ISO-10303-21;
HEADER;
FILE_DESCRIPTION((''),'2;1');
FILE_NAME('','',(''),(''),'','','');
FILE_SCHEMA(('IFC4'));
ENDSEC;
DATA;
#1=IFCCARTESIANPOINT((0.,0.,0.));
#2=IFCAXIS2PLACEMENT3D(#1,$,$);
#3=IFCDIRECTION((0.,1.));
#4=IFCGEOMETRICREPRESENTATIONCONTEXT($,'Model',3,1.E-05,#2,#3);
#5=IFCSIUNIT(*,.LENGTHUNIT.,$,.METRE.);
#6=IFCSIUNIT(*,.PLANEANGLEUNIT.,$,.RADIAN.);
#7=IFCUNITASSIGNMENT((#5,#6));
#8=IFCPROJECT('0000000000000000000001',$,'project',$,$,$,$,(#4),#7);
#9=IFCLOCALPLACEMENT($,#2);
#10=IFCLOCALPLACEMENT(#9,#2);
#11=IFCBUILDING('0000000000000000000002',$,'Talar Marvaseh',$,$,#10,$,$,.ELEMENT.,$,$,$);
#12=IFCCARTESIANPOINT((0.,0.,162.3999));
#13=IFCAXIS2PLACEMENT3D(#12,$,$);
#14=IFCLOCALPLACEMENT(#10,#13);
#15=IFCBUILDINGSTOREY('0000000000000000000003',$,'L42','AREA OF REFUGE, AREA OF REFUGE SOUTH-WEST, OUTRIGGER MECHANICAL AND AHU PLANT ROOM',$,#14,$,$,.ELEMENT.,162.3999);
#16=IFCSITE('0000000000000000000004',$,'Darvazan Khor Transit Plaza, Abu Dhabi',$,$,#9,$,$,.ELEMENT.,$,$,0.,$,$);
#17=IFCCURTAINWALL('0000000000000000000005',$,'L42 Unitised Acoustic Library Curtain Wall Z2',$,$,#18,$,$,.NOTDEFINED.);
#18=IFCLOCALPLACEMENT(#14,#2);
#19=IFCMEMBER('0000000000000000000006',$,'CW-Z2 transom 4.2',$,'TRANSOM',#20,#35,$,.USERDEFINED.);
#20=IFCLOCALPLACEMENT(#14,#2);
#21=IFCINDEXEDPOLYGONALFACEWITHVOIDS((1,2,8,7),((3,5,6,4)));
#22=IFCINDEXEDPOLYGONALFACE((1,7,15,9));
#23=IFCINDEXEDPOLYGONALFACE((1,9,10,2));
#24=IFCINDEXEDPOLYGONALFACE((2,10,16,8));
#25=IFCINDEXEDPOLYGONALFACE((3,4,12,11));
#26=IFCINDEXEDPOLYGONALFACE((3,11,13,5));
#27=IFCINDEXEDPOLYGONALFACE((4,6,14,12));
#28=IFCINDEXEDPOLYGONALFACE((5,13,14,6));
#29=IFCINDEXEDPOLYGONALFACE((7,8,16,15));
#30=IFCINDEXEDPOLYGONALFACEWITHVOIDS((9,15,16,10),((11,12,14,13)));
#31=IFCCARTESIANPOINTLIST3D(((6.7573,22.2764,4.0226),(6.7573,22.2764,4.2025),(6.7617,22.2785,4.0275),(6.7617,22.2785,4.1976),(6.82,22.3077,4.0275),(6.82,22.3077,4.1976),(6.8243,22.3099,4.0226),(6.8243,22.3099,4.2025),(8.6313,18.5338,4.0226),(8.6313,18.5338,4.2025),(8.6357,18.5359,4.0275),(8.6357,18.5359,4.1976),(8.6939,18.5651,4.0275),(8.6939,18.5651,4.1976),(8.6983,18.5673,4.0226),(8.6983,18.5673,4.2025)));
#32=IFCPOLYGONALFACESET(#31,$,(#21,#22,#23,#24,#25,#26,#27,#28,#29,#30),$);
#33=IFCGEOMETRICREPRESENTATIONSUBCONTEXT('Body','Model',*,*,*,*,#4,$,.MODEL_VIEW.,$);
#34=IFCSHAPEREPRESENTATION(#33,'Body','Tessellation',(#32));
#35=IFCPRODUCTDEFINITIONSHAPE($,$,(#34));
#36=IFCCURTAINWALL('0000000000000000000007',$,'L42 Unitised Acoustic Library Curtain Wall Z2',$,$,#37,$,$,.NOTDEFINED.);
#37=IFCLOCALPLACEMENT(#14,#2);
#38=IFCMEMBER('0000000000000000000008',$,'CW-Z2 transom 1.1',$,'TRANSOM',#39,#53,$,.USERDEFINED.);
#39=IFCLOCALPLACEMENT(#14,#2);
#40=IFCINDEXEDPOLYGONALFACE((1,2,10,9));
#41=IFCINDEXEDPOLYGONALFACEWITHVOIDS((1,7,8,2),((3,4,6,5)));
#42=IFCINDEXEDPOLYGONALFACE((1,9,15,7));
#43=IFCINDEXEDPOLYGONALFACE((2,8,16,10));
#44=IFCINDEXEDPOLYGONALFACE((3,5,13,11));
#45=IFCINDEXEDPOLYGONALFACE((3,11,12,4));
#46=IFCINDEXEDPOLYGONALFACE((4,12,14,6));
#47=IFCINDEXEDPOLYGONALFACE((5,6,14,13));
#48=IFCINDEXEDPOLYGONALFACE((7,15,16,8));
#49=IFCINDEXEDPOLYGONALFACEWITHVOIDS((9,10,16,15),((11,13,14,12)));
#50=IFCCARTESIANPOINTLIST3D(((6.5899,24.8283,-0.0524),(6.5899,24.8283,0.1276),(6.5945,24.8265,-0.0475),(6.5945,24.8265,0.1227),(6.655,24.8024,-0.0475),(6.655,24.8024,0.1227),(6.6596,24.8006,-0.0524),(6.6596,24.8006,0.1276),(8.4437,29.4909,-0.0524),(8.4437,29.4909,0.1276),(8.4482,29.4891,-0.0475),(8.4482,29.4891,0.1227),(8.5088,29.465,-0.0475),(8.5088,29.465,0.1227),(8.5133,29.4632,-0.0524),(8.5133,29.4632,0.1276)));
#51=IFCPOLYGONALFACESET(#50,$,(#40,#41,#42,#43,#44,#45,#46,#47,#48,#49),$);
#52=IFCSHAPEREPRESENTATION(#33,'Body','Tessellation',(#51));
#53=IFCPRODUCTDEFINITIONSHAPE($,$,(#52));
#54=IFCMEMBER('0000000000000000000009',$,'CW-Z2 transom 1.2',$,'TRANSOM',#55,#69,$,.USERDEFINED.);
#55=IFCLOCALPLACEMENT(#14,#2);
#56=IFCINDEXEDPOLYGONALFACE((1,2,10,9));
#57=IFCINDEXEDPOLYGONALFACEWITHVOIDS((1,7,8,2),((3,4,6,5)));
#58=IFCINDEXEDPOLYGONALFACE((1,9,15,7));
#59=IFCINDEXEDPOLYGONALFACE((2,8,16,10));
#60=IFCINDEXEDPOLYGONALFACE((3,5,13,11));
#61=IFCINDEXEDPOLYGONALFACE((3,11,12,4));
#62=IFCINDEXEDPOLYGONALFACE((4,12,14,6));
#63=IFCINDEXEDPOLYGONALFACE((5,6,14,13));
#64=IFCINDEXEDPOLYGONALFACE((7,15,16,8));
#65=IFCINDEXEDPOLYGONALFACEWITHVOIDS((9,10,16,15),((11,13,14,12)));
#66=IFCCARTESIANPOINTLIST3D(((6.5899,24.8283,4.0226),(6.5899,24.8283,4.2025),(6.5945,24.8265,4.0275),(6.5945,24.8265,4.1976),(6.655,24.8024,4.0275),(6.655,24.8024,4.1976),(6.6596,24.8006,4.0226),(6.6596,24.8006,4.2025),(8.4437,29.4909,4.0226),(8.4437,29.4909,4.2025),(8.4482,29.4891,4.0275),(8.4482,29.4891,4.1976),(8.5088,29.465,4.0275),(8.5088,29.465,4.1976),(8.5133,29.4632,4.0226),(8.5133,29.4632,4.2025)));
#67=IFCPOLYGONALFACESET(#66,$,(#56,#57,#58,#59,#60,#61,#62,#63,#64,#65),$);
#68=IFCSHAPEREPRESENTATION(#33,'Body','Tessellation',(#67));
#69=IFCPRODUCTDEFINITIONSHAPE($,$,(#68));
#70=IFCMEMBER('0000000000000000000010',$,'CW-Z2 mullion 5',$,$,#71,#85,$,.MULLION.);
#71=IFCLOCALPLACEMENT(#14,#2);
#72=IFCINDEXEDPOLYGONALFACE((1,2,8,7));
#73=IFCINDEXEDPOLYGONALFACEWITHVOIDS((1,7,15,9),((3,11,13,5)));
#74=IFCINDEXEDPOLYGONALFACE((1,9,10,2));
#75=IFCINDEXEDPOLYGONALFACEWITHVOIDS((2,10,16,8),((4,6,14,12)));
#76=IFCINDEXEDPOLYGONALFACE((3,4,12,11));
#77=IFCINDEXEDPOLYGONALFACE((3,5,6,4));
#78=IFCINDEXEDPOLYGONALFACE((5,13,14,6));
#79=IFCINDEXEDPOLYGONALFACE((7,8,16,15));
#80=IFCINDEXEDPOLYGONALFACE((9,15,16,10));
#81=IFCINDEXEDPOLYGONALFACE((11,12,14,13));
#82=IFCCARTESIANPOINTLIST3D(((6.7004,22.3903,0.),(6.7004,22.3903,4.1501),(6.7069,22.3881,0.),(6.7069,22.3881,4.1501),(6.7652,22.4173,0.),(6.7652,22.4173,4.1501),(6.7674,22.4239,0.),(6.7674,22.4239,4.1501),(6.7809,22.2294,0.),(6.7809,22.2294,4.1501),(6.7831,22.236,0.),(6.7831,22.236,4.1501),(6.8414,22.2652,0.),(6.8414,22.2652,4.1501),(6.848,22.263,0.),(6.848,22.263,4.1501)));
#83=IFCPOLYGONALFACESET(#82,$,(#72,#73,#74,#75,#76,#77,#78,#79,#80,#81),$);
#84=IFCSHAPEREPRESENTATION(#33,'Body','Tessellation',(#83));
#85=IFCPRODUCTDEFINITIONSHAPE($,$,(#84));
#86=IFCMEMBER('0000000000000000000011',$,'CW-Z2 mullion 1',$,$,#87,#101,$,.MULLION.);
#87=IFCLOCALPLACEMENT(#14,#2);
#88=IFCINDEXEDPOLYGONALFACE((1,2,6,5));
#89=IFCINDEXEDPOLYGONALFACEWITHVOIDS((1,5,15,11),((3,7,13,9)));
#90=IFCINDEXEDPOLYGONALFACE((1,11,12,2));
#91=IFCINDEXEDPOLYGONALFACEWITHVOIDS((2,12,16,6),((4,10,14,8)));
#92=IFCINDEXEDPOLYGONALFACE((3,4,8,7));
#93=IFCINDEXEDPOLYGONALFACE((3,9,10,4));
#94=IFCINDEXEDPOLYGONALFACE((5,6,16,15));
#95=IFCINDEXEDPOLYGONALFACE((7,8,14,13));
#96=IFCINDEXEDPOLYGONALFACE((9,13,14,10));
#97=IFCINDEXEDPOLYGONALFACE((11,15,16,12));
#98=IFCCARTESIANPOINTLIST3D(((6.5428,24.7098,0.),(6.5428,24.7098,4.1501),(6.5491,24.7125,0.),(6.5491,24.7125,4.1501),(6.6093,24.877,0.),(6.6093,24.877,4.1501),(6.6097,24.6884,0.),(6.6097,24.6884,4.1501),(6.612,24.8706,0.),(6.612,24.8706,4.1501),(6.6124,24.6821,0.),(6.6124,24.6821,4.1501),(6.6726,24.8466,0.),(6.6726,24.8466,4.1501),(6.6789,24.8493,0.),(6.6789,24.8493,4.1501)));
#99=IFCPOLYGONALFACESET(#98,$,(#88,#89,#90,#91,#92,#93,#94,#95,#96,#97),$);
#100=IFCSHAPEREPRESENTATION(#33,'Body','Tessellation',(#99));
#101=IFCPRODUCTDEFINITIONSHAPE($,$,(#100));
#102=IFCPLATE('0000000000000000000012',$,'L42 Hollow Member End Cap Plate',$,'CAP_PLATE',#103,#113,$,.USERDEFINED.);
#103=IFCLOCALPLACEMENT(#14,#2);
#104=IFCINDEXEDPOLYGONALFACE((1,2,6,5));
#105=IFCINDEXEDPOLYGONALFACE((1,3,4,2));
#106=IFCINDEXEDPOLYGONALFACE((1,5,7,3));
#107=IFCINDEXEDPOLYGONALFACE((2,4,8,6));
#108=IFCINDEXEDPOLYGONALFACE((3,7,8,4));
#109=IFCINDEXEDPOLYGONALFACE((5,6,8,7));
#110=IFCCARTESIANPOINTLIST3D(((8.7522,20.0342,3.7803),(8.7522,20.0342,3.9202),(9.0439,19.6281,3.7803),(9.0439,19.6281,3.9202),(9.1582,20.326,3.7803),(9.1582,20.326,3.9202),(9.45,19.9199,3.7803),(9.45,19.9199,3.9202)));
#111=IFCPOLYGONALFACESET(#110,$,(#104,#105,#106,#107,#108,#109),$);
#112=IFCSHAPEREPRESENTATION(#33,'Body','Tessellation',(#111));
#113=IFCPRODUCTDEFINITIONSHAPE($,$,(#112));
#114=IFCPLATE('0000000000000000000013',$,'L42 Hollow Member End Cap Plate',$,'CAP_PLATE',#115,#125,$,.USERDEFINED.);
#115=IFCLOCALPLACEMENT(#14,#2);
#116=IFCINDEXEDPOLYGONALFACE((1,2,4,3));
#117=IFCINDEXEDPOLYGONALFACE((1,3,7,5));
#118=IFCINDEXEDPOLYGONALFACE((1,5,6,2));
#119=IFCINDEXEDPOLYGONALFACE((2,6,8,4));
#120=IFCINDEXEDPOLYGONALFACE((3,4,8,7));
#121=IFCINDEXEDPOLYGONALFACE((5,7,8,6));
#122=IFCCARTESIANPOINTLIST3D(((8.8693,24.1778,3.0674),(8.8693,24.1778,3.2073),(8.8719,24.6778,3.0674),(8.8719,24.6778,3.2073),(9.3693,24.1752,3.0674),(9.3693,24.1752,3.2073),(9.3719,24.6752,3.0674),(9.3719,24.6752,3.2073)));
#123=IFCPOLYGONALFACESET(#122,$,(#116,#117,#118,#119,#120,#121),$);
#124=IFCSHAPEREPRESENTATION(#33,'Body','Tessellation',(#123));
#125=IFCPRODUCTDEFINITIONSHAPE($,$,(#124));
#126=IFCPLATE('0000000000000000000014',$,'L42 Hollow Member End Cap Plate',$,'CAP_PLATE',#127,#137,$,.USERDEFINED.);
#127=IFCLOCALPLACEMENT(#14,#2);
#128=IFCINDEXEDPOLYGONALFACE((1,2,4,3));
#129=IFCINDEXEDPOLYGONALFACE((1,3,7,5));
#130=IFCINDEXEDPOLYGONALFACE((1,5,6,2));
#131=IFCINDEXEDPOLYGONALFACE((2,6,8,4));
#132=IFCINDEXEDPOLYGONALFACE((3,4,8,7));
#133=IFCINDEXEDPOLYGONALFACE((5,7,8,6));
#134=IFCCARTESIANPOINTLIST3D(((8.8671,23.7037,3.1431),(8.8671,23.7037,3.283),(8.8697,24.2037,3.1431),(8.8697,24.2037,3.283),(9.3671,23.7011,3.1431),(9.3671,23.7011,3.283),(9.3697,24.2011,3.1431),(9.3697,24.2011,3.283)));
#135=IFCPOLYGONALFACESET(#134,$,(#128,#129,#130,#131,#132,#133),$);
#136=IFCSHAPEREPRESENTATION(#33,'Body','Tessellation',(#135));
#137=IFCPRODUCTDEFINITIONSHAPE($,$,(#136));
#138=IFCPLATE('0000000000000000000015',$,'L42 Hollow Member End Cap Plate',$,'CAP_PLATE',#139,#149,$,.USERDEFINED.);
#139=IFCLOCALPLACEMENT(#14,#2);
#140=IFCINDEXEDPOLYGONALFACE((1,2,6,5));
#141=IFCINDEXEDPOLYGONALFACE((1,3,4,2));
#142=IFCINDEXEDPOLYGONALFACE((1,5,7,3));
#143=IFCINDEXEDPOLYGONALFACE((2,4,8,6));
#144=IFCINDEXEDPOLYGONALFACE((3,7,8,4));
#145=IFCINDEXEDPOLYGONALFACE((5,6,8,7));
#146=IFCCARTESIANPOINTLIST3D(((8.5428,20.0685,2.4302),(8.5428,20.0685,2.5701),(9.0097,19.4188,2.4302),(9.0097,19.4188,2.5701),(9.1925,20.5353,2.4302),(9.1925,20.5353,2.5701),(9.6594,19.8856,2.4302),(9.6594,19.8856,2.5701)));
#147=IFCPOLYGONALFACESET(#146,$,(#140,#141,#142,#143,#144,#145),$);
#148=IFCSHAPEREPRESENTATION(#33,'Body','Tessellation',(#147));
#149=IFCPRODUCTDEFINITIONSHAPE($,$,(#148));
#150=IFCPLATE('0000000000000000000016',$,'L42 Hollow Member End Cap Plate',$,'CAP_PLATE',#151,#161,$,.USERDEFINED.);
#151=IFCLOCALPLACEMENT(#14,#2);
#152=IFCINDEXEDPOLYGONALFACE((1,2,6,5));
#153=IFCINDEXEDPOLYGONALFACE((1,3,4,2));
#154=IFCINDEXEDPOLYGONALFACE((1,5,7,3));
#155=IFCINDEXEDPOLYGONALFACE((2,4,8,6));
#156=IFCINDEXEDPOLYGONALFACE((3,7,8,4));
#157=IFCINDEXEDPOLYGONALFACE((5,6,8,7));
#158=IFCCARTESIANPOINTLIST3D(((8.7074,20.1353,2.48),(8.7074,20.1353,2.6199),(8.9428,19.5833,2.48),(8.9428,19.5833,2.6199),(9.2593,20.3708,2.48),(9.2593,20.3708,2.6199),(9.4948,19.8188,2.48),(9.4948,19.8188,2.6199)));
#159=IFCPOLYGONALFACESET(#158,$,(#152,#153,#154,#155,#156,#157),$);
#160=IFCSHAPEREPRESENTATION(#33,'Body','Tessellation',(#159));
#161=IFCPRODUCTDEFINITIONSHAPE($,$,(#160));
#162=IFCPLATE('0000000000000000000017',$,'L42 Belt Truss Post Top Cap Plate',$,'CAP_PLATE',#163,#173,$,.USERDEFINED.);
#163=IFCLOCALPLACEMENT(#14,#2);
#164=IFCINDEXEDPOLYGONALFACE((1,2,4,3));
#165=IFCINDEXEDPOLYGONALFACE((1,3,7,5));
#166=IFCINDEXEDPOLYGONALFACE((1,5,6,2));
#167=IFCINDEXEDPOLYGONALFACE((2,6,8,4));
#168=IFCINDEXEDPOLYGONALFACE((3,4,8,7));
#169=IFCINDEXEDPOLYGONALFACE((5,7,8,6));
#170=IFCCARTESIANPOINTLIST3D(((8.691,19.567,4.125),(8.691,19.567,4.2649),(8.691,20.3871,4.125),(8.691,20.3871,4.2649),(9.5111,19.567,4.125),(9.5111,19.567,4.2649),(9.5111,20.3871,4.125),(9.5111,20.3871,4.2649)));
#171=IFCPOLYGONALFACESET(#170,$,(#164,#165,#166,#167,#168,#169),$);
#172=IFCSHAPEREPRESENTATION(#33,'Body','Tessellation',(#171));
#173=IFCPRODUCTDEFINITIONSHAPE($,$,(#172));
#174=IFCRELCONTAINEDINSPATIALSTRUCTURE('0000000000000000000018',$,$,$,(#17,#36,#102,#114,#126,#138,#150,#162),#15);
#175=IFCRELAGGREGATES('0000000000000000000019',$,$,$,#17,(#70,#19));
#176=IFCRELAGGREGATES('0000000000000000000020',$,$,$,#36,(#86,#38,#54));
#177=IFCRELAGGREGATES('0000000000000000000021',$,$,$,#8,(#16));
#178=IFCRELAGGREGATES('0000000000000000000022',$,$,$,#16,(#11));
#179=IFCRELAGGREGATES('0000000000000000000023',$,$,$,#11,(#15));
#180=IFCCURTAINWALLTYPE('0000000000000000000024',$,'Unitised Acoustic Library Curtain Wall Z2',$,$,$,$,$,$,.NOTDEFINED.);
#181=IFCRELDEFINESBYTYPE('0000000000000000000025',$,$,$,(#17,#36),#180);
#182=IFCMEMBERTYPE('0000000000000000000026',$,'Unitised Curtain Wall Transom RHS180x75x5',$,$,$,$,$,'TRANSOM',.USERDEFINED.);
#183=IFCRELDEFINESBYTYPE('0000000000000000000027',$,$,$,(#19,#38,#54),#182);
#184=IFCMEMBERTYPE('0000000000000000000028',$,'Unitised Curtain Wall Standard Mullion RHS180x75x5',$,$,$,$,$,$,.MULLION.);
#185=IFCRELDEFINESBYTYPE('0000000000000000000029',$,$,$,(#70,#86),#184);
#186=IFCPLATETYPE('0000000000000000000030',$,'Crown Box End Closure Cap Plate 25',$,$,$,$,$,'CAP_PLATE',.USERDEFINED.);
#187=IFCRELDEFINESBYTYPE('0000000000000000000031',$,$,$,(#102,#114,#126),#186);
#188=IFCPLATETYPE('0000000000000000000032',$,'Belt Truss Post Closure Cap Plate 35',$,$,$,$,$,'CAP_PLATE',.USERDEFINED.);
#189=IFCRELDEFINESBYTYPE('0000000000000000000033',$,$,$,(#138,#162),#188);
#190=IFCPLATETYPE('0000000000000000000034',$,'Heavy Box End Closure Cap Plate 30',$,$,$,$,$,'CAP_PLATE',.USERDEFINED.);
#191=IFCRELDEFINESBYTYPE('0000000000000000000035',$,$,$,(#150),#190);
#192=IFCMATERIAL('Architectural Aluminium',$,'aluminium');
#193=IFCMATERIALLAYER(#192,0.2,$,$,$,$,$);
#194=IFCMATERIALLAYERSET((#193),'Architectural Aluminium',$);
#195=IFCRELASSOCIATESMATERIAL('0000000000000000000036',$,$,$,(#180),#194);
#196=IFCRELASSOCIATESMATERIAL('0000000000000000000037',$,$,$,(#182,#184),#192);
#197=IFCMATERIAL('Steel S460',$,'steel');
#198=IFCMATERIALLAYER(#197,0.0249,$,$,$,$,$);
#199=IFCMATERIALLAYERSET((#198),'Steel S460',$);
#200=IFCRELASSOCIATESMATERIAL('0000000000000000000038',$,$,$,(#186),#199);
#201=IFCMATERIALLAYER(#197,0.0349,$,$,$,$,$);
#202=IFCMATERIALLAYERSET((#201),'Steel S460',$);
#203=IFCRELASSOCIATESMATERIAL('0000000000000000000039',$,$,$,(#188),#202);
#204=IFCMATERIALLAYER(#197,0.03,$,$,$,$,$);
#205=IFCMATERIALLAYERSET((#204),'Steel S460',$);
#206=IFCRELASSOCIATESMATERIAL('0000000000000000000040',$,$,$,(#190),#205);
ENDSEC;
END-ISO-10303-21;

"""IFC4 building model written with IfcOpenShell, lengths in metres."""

from ifc_helpers import new_model, si_unit, direction, frame, origin, origin_2d, place, context, subcontext, project, spatial, rectangle, hollow_rectangle, extrude, source, transform, mapped, material, layer, layer_set, material_profile, profile_set, type_object, type_shapes, element, aggregate, save


model = new_model("IFC4")

# Units and contexts
model_context = context("Model", 3, precision=1e-05, world=origin(), true_north=direction((0.0, 1.0)))
body_context = subcontext(model_context, "Body", "Model", "MODEL_VIEW")
ifc_project = project(units=[si_unit("LENGTHUNIT", "METRE"), si_unit("PLANEANGLEUNIT", "RADIAN")], contexts=[model_context])

# Site, building, storey
site_placement = place(None, origin())
site = spatial("IfcSite", under=ifc_project, at=site_placement, Name="Darvazan Khor Transit Plaza, Abu Dhabi", CompositionType="ELEMENT", RefElevation=0.0)
building_placement = place(site_placement, origin())
building = spatial("IfcBuilding", under=site, at=building_placement, Name="Talar Marvaseh", CompositionType="ELEMENT")
storey_placement = place(building_placement, frame((0.0, 0.0, 162.3999)))
storey = spatial("IfcBuildingStorey", under=building, at=storey_placement, Name="L42", Description="AREA OF REFUGE, AREA OF REFUGE SOUTH-WEST, OUTRIGGER MECHANICAL AND AHU PLANT ROOM", CompositionType="ELEMENT", Elevation=162.3999)

# Shared definitions
ifc_material_1 = material(Name="Steel S460", Category="steel")

# Curtain wall, member
ifc_material_2 = material(Name="Architectural Aluminium", Category="aluminium")
ifc_layer_1 = layer(ifc_material_2, 0.2)
ifc_layer_set_1 = layer_set([ifc_layer_1], Name="Architectural Aluminium")
curtain_wall_type = type_object("IfcCurtainWallType", Name="Unitised Acoustic Library Curtain Wall Z2", PredefinedType="NOTDEFINED", material=ifc_layer_set_1)
curtain_wall_1_placement = place(storey_placement, origin())
curtain_wall_1 = element("IfcCurtainWall", 1, at=curtain_wall_1_placement, inside=storey, type_object=curtain_wall_type, Name="L42 Unitised Acoustic Library Curtain Wall Z2", PredefinedType="NOTDEFINED")
ifc_material_profile_1 = material_profile(ifc_material_2, hollow_rectangle(XDim=0.075, YDim=0.1799, WallThickness=0.0049, at=origin_2d()), Name="RHS180x75x5")
ifc_profile_set_1 = profile_set([ifc_material_profile_1], Name="Architectural Aluminium")
member_type_1 = type_object("IfcMemberType", Name="Unitised Curtain Wall Transom RHS180x75x5", ElementType="TRANSOM", PredefinedType="USERDEFINED", material=ifc_profile_set_1)
shared_shape_1 = source(origin(), body_context, "Body", "SweptSolid", [
    extrude(hollow_rectangle(XDim=0.075, YDim=0.1799, WallThickness=0.0049, at=origin_2d()), origin(), (0.0, 0.0, 1.0), 4.1855),
])
member_1_placement = place(storey_placement, frame((8.6648, 18.5505, 4.1125), z_axis=(-0.447727, 0.89417, 0.0), x_axis=(-0.89417, -0.447727, 0.0)))
member_1 = element("IfcMember", 2, at=member_1_placement, type_object=member_type_1, Name="CW-Z2 transom 4.2", ObjectType="TRANSOM", PredefinedType="USERDEFINED", context=body_context, shape_type="MappedRepresentation", body=[
    mapped(shared_shape_1, transform((0.0, 0.0, 0.0), x_axis=(1.0, 0.0, 0.0), y_axis=(0.0, 1.0, 0.0), z_axis=(0.0, 0.0, 1.0), scale=1.0)),
])

# Curtain wall, members
curtain_wall_2_placement = place(storey_placement, origin())
curtain_wall_2 = element("IfcCurtainWall", 3, at=curtain_wall_2_placement, inside=storey, type_object=curtain_wall_type, Name="L42 Unitised Acoustic Library Curtain Wall Z2", PredefinedType="NOTDEFINED")
shared_shape_2 = source(origin(), body_context, "Body", "SweptSolid", [
    extrude(hollow_rectangle(XDim=0.075, YDim=0.1799, WallThickness=0.0049, at=origin_2d()), origin(), (0.0, 0.0, 1.0), 5.0176),
])
type_shapes(member_type_1, [shared_shape_1, shared_shape_2])
member_2_placement = place(storey_placement, frame((6.6248, 24.8145, 0.0376), z_axis=(0.369452, 0.92925, 0.0), x_axis=(-0.92925, 0.369452, 0.0)))
member_2 = element("IfcMember", 4, at=member_2_placement, type_object=member_type_1, Name="CW-Z2 transom 1.1", ObjectType="TRANSOM", PredefinedType="USERDEFINED", context=body_context, shape_type="MappedRepresentation", body=[
    mapped(shared_shape_2, transform((0.0, 0.0, 0.0), x_axis=(1.0, 0.0, 0.0), y_axis=(0.0, 1.0, 0.0), z_axis=(0.0, 0.0, 1.0), scale=1.0)),
])
member_3_placement = place(storey_placement, frame((6.6248, 24.8145, 4.1125), z_axis=(0.369452, 0.92925, 0.0), x_axis=(-0.92925, 0.369452, 0.0)))
member_3 = element("IfcMember", 5, at=member_3_placement, type_object=member_type_1, Name="CW-Z2 transom 1.2", ObjectType="TRANSOM", PredefinedType="USERDEFINED", context=body_context, shape_type="MappedRepresentation", body=[
    mapped(shared_shape_2, transform((0.0, 0.0, 0.0), x_axis=(1.0, 0.0, 0.0), y_axis=(0.0, 1.0, 0.0), z_axis=(0.0, 0.0, 1.0), scale=1.0)),
])

# Members
ifc_material_profile_2 = material_profile(ifc_material_2, hollow_rectangle(XDim=0.075, YDim=0.1799, WallThickness=0.0049, at=origin_2d()), Name="RHS180x75x5")
ifc_profile_set_2 = profile_set([ifc_material_profile_2], Name="Architectural Aluminium")
member_type_2 = type_object("IfcMemberType", Name="Unitised Curtain Wall Standard Mullion RHS180x75x5", PredefinedType="MULLION", material=ifc_profile_set_2)
shared_shape_3 = source(origin(), body_context, "Body", "SweptSolid", [
    extrude(hollow_rectangle(XDim=0.075, YDim=0.1799, WallThickness=0.0049, at=origin_2d()), origin(), (0.0, 0.0, 1.0), 4.1501),
])
type_shapes(member_type_2, [shared_shape_3])
member_4_placement = place(storey_placement, frame((6.7742, 22.3267, 0.0), z_axis=(0.0, 0.0, 1.0), x_axis=(-0.894183, -0.447702, 0.0)))
member_4 = element("IfcMember", 6, at=member_4_placement, type_object=member_type_2, Name="CW-Z2 mullion 5", PredefinedType="MULLION", context=body_context, shape_type="MappedRepresentation", body=[
    mapped(shared_shape_3, transform((0.0, 0.0, 0.0), x_axis=(1.0, 0.0, 0.0), y_axis=(0.0, 1.0, 0.0), z_axis=(0.0, 0.0, 1.0), scale=1.0)),
])
member_5_placement = place(storey_placement, frame((6.6108, 24.7795, 0.0), z_axis=(0.0, 0.0, 1.0), x_axis=(-0.929247, 0.369458, 0.0)))
member_5 = element("IfcMember", 7, at=member_5_placement, type_object=member_type_2, Name="CW-Z2 mullion 1", PredefinedType="MULLION", context=body_context, shape_type="MappedRepresentation", body=[
    mapped(shared_shape_3, transform((0.0, 0.0, 0.0), x_axis=(1.0, 0.0, 0.0), y_axis=(0.0, 1.0, 0.0), z_axis=(0.0, 0.0, 1.0), scale=1.0)),
])

# Plates
ifc_layer_2 = layer(ifc_material_1, 0.0249)
ifc_layer_set_2 = layer_set([ifc_layer_2], Name="Steel S460")
plate_type_1 = type_object("IfcPlateType", Name="Crown Box End Closure Cap Plate 25", ElementType="CAP_PLATE", PredefinedType="USERDEFINED", material=ifc_layer_set_2)
shared_shape_4 = source(origin(), body_context, "Body", "SweptSolid", [
    extrude(rectangle(XDim=0.5, YDim=0.5, at=origin_2d()), origin(), (0.0, 0.0, 1.0), 0.1399),
])
type_shapes(plate_type_1, [shared_shape_4])
for number, where, z_axis, x_axis, name in (
    (8, (9.1011, 19.9771, 3.7803), (0.0, 0.0, 1.0), (-0.583541, 0.812084, 0.0), "L42 Hollow Member End Cap Plate"),
    (9, (9.1206, 24.4265, 3.0674), (0.0, 0.0, 1.0), (-0.005236, -0.999986, 0.0), "L42 Hollow Member End Cap Plate"),
    (10, (9.1184, 23.9524, 3.1431), (0.0, 0.0, 1.0), (-0.005236, -0.999986, 0.0), "L42 Hollow Member End Cap Plate"),
):
    element("IfcPlate", number, at=place(storey_placement, frame(where, z_axis=z_axis, x_axis=x_axis)), inside=storey, type_object=plate_type_1, Name=name, ObjectType="CAP_PLATE", PredefinedType="USERDEFINED", context=body_context, shape_type="MappedRepresentation", body=[
        mapped(shared_shape_4, transform((0.0, 0.0, 0.0), x_axis=(1.0, 0.0, 0.0), y_axis=(0.0, 1.0, 0.0), z_axis=(0.0, 0.0, 1.0), scale=1.0)),
    ])
ifc_layer_3 = layer(ifc_material_1, 0.0349)
ifc_layer_set_3 = layer_set([ifc_layer_3], Name="Steel S460")
plate_type_2 = type_object("IfcPlateType", Name="Belt Truss Post Closure Cap Plate 35", ElementType="CAP_PLATE", PredefinedType="USERDEFINED", material=ifc_layer_set_3)
shared_shape_5 = source(origin(), body_context, "Body", "SweptSolid", [
    extrude(rectangle(XDim=0.8, YDim=0.8, at=origin_2d()), origin(), (0.0, 0.0, 1.0), 0.1399),
])
plate_1_placement = place(storey_placement, frame((9.1011, 19.9771, 2.4302), z_axis=(0.0, 0.0, 1.0), x_axis=(-0.583541, 0.812084, 0.0)))
element("IfcPlate", 11, at=plate_1_placement, inside=storey, type_object=plate_type_2, Name="L42 Hollow Member End Cap Plate", ObjectType="CAP_PLATE", PredefinedType="USERDEFINED", context=body_context, shape_type="MappedRepresentation", body=[
    mapped(shared_shape_5, transform((0.0, 0.0, 0.0), x_axis=(1.0, 0.0, 0.0), y_axis=(0.0, 1.0, 0.0), z_axis=(0.0, 0.0, 1.0), scale=1.0)),
])
ifc_layer_4 = layer(ifc_material_1, 0.03)
ifc_layer_set_4 = layer_set([ifc_layer_4], Name="Steel S460")
plate_type_3 = type_object("IfcPlateType", Name="Heavy Box End Closure Cap Plate 30", ElementType="CAP_PLATE", PredefinedType="USERDEFINED", material=ifc_layer_set_4)
shared_shape_6 = source(origin(), body_context, "Body", "SweptSolid", [
    extrude(rectangle(XDim=0.6001, YDim=0.6001, at=origin_2d()), origin(), (0.0, 0.0, 1.0), 0.1399),
])
type_shapes(plate_type_3, [shared_shape_6])
plate_2_placement = place(storey_placement, frame((9.1011, 19.9771, 2.48), z_axis=(0.0, 0.0, 1.0), x_axis=(0.919821, 0.392337, 0.0)))
element("IfcPlate", 12, at=plate_2_placement, inside=storey, type_object=plate_type_3, Name="L42 Hollow Member End Cap Plate", ObjectType="CAP_PLATE", PredefinedType="USERDEFINED", context=body_context, shape_type="MappedRepresentation", body=[
    mapped(shared_shape_6, transform((0.0, 0.0, 0.0), x_axis=(1.0, 0.0, 0.0), y_axis=(0.0, 1.0, 0.0), z_axis=(0.0, 0.0, 1.0), scale=1.0)),
])
shared_shape_7 = source(origin(), body_context, "Body", "SweptSolid", [
    extrude(rectangle(XDim=0.8201, YDim=0.8201, at=origin_2d()), origin(), (0.0, 0.0, 1.0), 0.1399),
])
type_shapes(plate_type_2, [shared_shape_5, shared_shape_7])
plate_3_placement = place(storey_placement, frame((9.1011, 19.9771, 4.125), z_axis=(0.0, 0.0, 1.0), x_axis=(1.0, 0.0, 0.0)))
element("IfcPlate", 13, at=plate_3_placement, inside=storey, type_object=plate_type_2, Name="L42 Belt Truss Post Top Cap Plate", ObjectType="CAP_PLATE", PredefinedType="USERDEFINED", context=body_context, shape_type="MappedRepresentation", body=[
    mapped(shared_shape_7, transform((0.0, 0.0, 0.0), x_axis=(1.0, 0.0, 0.0), y_axis=(0.0, 1.0, 0.0), z_axis=(0.0, 0.0, 1.0), scale=1.0)),
])

aggregate(curtain_wall_1, [member_4, member_1])
aggregate(curtain_wall_2, [member_5, member_2, member_3])

save(model, "model.ifc")
